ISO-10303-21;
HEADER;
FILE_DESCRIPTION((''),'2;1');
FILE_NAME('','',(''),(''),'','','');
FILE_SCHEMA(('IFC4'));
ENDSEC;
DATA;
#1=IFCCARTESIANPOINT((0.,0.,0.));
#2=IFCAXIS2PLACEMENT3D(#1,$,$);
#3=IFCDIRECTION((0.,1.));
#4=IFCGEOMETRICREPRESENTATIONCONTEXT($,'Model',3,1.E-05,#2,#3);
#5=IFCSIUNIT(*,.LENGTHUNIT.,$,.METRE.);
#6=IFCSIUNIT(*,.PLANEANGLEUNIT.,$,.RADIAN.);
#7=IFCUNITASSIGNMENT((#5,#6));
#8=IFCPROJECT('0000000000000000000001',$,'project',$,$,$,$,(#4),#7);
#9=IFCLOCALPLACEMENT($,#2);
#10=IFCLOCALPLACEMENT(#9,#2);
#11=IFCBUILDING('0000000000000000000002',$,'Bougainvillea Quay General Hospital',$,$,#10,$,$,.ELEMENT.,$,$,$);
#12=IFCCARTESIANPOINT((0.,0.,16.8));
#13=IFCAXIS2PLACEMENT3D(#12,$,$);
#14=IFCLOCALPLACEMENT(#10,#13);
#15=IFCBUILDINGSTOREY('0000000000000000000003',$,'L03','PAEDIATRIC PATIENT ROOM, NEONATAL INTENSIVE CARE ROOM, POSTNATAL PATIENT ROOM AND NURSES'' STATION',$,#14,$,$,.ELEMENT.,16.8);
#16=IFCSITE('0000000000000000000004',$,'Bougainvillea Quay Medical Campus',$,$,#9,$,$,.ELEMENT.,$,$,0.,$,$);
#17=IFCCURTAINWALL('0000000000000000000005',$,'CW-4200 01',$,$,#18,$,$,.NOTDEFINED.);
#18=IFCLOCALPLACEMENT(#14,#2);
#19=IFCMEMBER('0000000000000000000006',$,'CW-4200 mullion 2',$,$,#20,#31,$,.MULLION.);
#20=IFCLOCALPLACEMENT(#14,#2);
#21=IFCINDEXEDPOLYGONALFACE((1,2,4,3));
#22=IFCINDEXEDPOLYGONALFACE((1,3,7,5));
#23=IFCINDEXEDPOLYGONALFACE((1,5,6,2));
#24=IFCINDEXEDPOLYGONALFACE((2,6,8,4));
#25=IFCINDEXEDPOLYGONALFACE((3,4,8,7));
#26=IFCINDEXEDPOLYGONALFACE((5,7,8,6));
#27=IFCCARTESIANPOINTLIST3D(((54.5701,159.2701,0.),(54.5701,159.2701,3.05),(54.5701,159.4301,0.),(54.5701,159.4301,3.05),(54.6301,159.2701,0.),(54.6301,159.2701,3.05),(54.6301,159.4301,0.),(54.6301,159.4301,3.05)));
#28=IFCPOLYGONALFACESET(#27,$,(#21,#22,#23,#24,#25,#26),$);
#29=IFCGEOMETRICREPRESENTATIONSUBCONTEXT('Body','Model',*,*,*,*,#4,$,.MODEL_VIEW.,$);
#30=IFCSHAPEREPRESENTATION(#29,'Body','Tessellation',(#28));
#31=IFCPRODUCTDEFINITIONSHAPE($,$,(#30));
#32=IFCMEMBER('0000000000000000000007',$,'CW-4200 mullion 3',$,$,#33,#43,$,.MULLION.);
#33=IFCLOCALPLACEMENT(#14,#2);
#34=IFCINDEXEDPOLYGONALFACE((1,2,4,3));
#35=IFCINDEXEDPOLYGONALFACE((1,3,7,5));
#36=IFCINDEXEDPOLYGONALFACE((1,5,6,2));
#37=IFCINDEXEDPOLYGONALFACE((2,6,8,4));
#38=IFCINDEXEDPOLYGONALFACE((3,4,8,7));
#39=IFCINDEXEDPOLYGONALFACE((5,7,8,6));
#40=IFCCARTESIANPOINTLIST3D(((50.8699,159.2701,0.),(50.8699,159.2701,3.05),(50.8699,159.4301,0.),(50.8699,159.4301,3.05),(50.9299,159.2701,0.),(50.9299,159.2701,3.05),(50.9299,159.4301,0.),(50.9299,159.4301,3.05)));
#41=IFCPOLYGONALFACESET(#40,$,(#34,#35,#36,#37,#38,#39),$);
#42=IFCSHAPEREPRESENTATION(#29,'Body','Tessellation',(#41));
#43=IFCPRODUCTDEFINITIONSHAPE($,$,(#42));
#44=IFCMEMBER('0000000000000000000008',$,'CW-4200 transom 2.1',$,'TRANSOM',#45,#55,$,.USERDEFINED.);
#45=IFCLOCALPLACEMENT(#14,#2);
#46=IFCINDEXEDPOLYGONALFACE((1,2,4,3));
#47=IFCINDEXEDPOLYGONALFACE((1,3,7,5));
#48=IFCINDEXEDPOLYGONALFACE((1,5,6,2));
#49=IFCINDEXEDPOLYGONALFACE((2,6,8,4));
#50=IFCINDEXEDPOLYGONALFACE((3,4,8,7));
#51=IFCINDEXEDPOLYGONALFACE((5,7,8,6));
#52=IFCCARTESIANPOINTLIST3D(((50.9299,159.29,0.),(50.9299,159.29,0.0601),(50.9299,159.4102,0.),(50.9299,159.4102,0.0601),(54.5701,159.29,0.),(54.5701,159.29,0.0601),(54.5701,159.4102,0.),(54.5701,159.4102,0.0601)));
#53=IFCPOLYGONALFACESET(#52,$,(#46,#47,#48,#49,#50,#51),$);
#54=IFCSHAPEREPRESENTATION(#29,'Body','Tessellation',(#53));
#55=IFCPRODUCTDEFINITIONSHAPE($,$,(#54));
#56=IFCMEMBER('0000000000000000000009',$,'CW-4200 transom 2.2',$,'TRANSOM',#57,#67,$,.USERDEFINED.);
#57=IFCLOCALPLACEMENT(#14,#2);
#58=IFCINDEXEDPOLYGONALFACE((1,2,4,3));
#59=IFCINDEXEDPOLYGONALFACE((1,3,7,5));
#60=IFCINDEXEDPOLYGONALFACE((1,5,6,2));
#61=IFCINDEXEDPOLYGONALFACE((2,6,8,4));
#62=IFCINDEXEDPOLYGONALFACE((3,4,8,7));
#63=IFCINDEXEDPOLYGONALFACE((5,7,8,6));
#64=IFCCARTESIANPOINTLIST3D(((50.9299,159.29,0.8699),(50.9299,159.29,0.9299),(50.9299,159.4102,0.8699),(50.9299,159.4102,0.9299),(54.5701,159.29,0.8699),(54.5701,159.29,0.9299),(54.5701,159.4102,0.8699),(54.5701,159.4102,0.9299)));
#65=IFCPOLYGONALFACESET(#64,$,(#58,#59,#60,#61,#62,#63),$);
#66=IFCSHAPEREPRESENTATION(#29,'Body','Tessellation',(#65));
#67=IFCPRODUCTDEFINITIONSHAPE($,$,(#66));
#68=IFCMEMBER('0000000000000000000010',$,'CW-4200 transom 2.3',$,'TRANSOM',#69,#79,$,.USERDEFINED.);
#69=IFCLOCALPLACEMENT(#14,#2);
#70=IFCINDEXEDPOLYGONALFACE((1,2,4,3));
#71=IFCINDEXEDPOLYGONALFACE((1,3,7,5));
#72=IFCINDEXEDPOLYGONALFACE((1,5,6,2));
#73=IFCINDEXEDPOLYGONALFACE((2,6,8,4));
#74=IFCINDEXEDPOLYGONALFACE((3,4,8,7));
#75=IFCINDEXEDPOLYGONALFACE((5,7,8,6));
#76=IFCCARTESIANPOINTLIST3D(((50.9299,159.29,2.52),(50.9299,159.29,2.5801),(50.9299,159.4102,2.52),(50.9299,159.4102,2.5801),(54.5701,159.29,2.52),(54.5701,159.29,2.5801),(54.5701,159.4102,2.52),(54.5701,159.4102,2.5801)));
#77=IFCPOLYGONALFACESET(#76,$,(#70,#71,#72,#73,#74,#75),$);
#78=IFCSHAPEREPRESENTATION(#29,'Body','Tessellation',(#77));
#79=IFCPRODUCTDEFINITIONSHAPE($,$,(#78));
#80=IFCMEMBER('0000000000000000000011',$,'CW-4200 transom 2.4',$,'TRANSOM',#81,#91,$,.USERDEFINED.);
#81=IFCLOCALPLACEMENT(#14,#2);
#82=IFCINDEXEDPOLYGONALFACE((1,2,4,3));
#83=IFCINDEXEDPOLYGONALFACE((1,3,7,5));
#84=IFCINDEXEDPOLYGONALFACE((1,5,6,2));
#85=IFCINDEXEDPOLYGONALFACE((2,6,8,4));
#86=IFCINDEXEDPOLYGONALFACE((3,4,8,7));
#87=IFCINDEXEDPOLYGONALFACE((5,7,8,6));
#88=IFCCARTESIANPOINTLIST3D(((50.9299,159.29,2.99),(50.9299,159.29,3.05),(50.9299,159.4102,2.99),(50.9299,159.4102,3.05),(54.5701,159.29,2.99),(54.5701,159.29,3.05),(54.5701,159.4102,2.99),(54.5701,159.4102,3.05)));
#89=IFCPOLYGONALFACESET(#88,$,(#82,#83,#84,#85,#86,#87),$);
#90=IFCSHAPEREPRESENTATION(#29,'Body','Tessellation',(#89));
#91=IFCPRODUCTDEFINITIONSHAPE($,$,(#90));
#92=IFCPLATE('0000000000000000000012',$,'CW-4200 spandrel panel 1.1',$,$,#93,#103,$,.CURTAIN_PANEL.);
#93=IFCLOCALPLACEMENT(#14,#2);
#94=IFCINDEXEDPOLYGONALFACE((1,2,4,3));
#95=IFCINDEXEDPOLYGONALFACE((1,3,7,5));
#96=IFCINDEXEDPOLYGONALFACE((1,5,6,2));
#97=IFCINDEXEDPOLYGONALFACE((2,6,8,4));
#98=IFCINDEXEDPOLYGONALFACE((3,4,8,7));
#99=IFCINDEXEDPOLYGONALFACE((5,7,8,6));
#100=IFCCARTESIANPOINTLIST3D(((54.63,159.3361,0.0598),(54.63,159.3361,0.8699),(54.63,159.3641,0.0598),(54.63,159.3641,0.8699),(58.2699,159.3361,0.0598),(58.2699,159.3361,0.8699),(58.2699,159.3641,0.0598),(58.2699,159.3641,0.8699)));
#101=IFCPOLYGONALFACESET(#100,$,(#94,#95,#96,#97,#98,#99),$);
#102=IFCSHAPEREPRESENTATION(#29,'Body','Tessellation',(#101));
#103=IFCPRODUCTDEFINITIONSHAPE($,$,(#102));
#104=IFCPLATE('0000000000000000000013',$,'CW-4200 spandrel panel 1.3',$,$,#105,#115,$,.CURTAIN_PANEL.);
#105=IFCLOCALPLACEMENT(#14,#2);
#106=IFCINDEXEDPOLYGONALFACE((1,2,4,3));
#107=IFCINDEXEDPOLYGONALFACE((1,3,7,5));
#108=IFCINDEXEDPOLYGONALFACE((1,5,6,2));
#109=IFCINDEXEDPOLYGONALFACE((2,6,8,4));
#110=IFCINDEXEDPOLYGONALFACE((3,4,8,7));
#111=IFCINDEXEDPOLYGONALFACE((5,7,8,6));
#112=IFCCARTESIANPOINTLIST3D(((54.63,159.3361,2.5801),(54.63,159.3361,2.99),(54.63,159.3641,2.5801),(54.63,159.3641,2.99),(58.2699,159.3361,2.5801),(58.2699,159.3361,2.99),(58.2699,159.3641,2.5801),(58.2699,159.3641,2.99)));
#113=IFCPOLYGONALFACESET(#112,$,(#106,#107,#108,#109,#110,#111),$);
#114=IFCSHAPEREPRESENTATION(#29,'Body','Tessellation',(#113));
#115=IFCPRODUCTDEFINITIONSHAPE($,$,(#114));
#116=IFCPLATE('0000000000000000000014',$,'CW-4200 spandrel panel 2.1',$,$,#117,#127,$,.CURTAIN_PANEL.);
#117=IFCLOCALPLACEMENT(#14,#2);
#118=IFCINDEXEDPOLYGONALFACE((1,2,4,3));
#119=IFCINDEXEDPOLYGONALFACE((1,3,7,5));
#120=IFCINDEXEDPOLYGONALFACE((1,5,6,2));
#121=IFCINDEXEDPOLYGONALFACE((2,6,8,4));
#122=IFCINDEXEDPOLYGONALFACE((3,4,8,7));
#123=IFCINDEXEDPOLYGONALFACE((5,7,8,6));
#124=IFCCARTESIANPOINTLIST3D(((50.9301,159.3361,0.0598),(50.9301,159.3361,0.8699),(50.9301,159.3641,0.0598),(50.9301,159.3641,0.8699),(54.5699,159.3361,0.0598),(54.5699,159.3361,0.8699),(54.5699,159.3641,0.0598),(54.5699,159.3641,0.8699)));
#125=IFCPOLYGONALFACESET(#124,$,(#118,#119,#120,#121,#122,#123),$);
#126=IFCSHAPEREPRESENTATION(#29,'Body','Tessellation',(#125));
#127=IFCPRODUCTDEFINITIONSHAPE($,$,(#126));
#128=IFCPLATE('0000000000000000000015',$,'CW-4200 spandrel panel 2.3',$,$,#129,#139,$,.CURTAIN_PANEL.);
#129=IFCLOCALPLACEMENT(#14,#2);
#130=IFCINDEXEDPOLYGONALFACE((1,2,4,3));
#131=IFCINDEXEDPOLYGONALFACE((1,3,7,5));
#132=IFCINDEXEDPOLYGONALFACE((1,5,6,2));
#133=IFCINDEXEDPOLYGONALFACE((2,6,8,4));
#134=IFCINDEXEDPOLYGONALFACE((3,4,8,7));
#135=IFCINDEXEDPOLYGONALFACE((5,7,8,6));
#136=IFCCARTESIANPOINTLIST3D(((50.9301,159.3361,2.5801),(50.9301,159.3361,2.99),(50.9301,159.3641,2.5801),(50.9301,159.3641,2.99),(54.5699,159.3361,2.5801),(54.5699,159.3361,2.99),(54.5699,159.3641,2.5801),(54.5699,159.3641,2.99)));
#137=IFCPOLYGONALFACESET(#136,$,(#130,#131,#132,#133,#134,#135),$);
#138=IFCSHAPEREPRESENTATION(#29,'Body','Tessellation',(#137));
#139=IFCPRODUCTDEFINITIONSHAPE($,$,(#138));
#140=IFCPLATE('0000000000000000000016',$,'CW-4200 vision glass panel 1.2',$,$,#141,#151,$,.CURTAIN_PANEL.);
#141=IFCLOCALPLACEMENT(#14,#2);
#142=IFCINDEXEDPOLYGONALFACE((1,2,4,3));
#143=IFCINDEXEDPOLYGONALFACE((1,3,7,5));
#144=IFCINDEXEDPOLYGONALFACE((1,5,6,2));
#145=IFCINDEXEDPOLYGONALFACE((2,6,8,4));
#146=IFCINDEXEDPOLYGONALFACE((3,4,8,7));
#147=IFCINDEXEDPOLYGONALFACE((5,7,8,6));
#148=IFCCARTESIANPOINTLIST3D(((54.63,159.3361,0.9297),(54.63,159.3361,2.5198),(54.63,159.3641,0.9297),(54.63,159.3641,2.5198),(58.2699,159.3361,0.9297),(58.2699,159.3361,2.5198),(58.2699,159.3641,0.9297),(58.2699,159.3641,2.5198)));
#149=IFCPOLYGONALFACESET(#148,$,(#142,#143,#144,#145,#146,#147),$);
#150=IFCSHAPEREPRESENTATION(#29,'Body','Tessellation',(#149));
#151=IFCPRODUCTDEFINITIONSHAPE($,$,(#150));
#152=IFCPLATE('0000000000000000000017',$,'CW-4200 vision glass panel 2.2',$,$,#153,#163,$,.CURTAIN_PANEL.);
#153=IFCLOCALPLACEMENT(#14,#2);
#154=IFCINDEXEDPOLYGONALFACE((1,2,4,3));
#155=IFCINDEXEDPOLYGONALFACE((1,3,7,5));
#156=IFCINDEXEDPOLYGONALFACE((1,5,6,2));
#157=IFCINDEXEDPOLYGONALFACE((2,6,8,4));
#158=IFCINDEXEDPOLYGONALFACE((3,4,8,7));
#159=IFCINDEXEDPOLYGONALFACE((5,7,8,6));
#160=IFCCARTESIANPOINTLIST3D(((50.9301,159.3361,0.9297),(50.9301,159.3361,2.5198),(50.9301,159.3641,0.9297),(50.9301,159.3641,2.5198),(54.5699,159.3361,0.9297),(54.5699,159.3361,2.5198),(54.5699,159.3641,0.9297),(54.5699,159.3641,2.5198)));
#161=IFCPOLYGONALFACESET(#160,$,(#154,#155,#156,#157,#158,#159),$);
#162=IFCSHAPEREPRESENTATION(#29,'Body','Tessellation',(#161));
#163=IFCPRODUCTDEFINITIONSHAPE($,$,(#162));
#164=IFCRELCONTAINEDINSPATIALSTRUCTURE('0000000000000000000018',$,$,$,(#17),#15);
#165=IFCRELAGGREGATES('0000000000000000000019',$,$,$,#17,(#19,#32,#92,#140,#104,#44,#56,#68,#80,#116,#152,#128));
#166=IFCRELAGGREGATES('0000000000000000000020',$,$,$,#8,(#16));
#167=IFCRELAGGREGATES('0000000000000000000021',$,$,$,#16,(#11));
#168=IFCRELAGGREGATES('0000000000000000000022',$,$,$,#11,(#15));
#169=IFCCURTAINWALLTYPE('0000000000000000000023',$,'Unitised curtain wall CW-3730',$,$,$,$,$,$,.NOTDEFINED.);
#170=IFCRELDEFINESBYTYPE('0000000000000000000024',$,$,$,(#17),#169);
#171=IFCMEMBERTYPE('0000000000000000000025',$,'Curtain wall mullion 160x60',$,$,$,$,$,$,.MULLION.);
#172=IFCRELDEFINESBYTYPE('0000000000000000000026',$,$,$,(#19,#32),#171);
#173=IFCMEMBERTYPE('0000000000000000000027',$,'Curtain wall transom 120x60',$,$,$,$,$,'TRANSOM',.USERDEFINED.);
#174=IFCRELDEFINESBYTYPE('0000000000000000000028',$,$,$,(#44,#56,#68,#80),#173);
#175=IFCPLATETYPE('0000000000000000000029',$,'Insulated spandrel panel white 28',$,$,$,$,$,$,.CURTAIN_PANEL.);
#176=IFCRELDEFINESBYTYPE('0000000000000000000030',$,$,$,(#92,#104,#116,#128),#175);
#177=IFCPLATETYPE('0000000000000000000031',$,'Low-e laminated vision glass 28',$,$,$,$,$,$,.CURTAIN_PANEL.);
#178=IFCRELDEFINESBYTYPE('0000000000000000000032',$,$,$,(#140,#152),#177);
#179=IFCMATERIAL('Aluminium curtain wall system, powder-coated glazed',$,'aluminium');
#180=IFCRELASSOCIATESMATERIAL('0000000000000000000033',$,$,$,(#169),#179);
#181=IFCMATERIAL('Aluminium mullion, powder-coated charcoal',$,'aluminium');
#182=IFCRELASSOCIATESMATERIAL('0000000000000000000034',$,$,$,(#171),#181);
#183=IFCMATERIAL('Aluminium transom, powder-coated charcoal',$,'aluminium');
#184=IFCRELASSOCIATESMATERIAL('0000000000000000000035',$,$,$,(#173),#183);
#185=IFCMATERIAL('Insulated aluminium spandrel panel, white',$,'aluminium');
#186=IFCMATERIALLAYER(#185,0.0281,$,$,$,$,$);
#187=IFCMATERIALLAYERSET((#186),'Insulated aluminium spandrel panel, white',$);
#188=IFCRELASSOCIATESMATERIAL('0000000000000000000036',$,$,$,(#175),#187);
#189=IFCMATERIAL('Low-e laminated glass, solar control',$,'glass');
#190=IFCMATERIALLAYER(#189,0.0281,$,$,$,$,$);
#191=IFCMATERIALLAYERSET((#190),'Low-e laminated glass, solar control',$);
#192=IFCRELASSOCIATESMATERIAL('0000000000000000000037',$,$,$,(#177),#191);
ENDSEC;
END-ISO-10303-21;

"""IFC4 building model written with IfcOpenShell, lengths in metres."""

from ifc_helpers import new_model, si_unit, direction, frame, origin, origin_2d, place, context, subcontext, project, spatial, rectangle, extrude, material, layer, layer_set, material_profile, profile_set, type_object, element, aggregate, save


model = new_model("IFC4")

# Units and contexts
model_context = context("Model", 3, precision=1e-05, world=origin(), true_north=direction((0.0, 1.0)))
body_context = subcontext(model_context, "Body", "Model", "MODEL_VIEW")
ifc_project = project(units=[si_unit("LENGTHUNIT", "METRE"), si_unit("PLANEANGLEUNIT", "RADIAN")], contexts=[model_context])

# Site, building, storey
site_placement = place(None, origin())
site = spatial("IfcSite", under=ifc_project, at=site_placement, Name="Bougainvillea Quay Medical Campus", CompositionType="ELEMENT", RefElevation=0.0)
building_placement = place(site_placement, origin())
building = spatial("IfcBuilding", under=site, at=building_placement, Name="Bougainvillea Quay General Hospital", CompositionType="ELEMENT")
storey_placement = place(building_placement, frame((0.0, 0.0, 16.8)))
storey = spatial("IfcBuildingStorey", under=building, at=storey_placement, Name="L03", Description="PAEDIATRIC PATIENT ROOM, NEONATAL INTENSIVE CARE ROOM, POSTNATAL PATIENT ROOM AND NURSES' STATION", CompositionType="ELEMENT", Elevation=16.8)

# Curtain wall, members, plates
ifc_material_1 = material(Name="Aluminium curtain wall system, powder-coated glazed", Category="aluminium")
curtain_wall_type = type_object("IfcCurtainWallType", Name="Unitised curtain wall CW-3730", PredefinedType="NOTDEFINED", material=ifc_material_1)
curtain_wall_placement = place(storey_placement, origin())
curtain_wall = element("IfcCurtainWall", 1, at=curtain_wall_placement, inside=storey, type_object=curtain_wall_type, Name="CW-4200 01", PredefinedType="NOTDEFINED")
ifc_material_2 = material(Name="Aluminium mullion, powder-coated charcoal", Category="aluminium")
ifc_material_profile_1 = material_profile(ifc_material_2, rectangle(XDim=0.1599, YDim=0.0601, at=origin_2d()))
ifc_profile_set_1 = profile_set([ifc_material_profile_1], Name="Aluminium mullion, powder-coated charcoal")
member_type_1 = type_object("IfcMemberType", Name="Curtain wall mullion 160x60", PredefinedType="MULLION", material=ifc_profile_set_1)
member_1_placement = place(storey_placement, frame((54.6001, 159.3501, 0.0), z_axis=(0.0, 0.0, 1.0), x_axis=(0.0, -1.0, 0.0)))
member_1 = element("IfcMember", 2, at=member_1_placement, type_object=member_type_1, Name="CW-4200 mullion 2", PredefinedType="MULLION", context=body_context, shape_type="SweptSolid", body=[
    extrude(rectangle(XDim=0.1599, YDim=0.0601, at=origin_2d()), origin(), (0.0, 0.0, 1.0), 3.05),
])
member_2_placement = place(storey_placement, frame((50.8999, 159.3501, 0.0), z_axis=(0.0, 0.0, 1.0), x_axis=(0.0, -1.0, 0.0)))
member_2 = element("IfcMember", 3, at=member_2_placement, type_object=member_type_1, Name="CW-4200 mullion 3", PredefinedType="MULLION", context=body_context, shape_type="SweptSolid", body=[
    extrude(rectangle(XDim=0.1599, YDim=0.0601, at=origin_2d()), origin(), (0.0, 0.0, 1.0), 3.05),
])
ifc_material_3 = material(Name="Aluminium transom, powder-coated charcoal", Category="aluminium")
ifc_material_profile_2 = material_profile(ifc_material_3, rectangle(XDim=0.1201, YDim=0.0601, at=origin_2d()))
ifc_profile_set_2 = profile_set([ifc_material_profile_2], Name="Aluminium transom, powder-coated charcoal")
member_type_2 = type_object("IfcMemberType", Name="Curtain wall transom 120x60", ElementType="TRANSOM", PredefinedType="USERDEFINED", material=ifc_profile_set_2)
member_3_placement = place(storey_placement, frame((54.5701, 159.3501, 0.03), z_axis=(-1.0, 0.0, 0.0), x_axis=(0.0, -1.0, 0.0)))
member_3 = element("IfcMember", 4, at=member_3_placement, type_object=member_type_2, Name="CW-4200 transom 2.1", ObjectType="TRANSOM", PredefinedType="USERDEFINED", context=body_context, shape_type="SweptSolid", body=[
    extrude(rectangle(XDim=0.1201, YDim=0.0601, at=origin_2d()), origin(), (0.0, 0.0, 1.0), 3.6401),
])
member_4_placement = place(storey_placement, frame((54.5701, 159.3501, 0.8999), z_axis=(-1.0, 0.0, 0.0), x_axis=(0.0, -1.0, 0.0)))
member_4 = element("IfcMember", 5, at=member_4_placement, type_object=member_type_2, Name="CW-4200 transom 2.2", ObjectType="TRANSOM", PredefinedType="USERDEFINED", context=body_context, shape_type="SweptSolid", body=[
    extrude(rectangle(XDim=0.1201, YDim=0.0601, at=origin_2d()), origin(), (0.0, 0.0, 1.0), 3.6401),
])
member_5_placement = place(storey_placement, frame((54.5701, 159.3501, 2.55), z_axis=(-1.0, 0.0, 0.0), x_axis=(0.0, -1.0, 0.0)))
member_5 = element("IfcMember", 6, at=member_5_placement, type_object=member_type_2, Name="CW-4200 transom 2.3", ObjectType="TRANSOM", PredefinedType="USERDEFINED", context=body_context, shape_type="SweptSolid", body=[
    extrude(rectangle(XDim=0.1201, YDim=0.0601, at=origin_2d()), origin(), (0.0, 0.0, 1.0), 3.6401),
])
member_6_placement = place(storey_placement, frame((54.5701, 159.3501, 3.02), z_axis=(-1.0, 0.0, 0.0), x_axis=(0.0, -1.0, 0.0)))
member_6 = element("IfcMember", 7, at=member_6_placement, type_object=member_type_2, Name="CW-4200 transom 2.4", ObjectType="TRANSOM", PredefinedType="USERDEFINED", context=body_context, shape_type="SweptSolid", body=[
    extrude(rectangle(XDim=0.1201, YDim=0.0601, at=origin_2d()), origin(), (0.0, 0.0, 1.0), 3.6401),
])
ifc_material_4 = material(Name="Insulated aluminium spandrel panel, white", Category="aluminium")
ifc_layer_1 = layer(ifc_material_4, 0.0281)
ifc_layer_set_1 = layer_set([ifc_layer_1], Name="Insulated aluminium spandrel panel, white")
plate_type_1 = type_object("IfcPlateType", Name="Insulated spandrel panel white 28", PredefinedType="CURTAIN_PANEL", material=ifc_layer_set_1)
plate_1_placement = place(storey_placement, frame((56.45, 159.3501, 0.0598), z_axis=(0.0, 0.0, 1.0), x_axis=(-1.0, 0.0, 0.0)))
plate_1 = element("IfcPlate", 8, at=plate_1_placement, type_object=plate_type_1, Name="CW-4200 spandrel panel 1.1", PredefinedType="CURTAIN_PANEL", context=body_context, shape_type="SweptSolid", body=[
    extrude(rectangle(XDim=3.6399, YDim=0.0281, at=origin_2d()), origin(), (0.0, 0.0, 1.0), 0.8101),
])
plate_2_placement = place(storey_placement, frame((56.45, 159.3501, 2.5801), z_axis=(0.0, 0.0, 1.0), x_axis=(-1.0, 0.0, 0.0)))
plate_2 = element("IfcPlate", 9, at=plate_2_placement, type_object=plate_type_1, Name="CW-4200 spandrel panel 1.3", PredefinedType="CURTAIN_PANEL", context=body_context, shape_type="SweptSolid", body=[
    extrude(rectangle(XDim=3.6399, YDim=0.0281, at=origin_2d()), origin(), (0.0, 0.0, 1.0), 0.4099),
])
plate_3_placement = place(storey_placement, frame((52.75, 159.3501, 0.0598), z_axis=(0.0, 0.0, 1.0), x_axis=(-1.0, 0.0, 0.0)))
plate_3 = element("IfcPlate", 10, at=plate_3_placement, type_object=plate_type_1, Name="CW-4200 spandrel panel 2.1", PredefinedType="CURTAIN_PANEL", context=body_context, shape_type="SweptSolid", body=[
    extrude(rectangle(XDim=3.6399, YDim=0.0281, at=origin_2d()), origin(), (0.0, 0.0, 1.0), 0.8101),
])
plate_4_placement = place(storey_placement, frame((52.75, 159.3501, 2.5801), z_axis=(0.0, 0.0, 1.0), x_axis=(-1.0, 0.0, 0.0)))
plate_4 = element("IfcPlate", 11, at=plate_4_placement, type_object=plate_type_1, Name="CW-4200 spandrel panel 2.3", PredefinedType="CURTAIN_PANEL", context=body_context, shape_type="SweptSolid", body=[
    extrude(rectangle(XDim=3.6399, YDim=0.0281, at=origin_2d()), origin(), (0.0, 0.0, 1.0), 0.4099),
])
ifc_material_5 = material(Name="Low-e laminated glass, solar control", Category="glass")
ifc_layer_2 = layer(ifc_material_5, 0.0281)
ifc_layer_set_2 = layer_set([ifc_layer_2], Name="Low-e laminated glass, solar control")
plate_type_2 = type_object("IfcPlateType", Name="Low-e laminated vision glass 28", PredefinedType="CURTAIN_PANEL", material=ifc_layer_set_2)
plate_5_placement = place(storey_placement, frame((56.45, 159.3501, 0.9297), z_axis=(0.0, 0.0, 1.0), x_axis=(-1.0, 0.0, 0.0)))
plate_5 = element("IfcPlate", 12, at=plate_5_placement, type_object=plate_type_2, Name="CW-4200 vision glass panel 1.2", PredefinedType="CURTAIN_PANEL", context=body_context, shape_type="SweptSolid", body=[
    extrude(rectangle(XDim=3.6399, YDim=0.0281, at=origin_2d()), origin(), (0.0, 0.0, 1.0), 1.5901),
])
plate_6_placement = place(storey_placement, frame((52.75, 159.3501, 0.9297), z_axis=(0.0, 0.0, 1.0), x_axis=(-1.0, 0.0, 0.0)))
plate_6 = element("IfcPlate", 13, at=plate_6_placement, type_object=plate_type_2, Name="CW-4200 vision glass panel 2.2", PredefinedType="CURTAIN_PANEL", context=body_context, shape_type="SweptSolid", body=[
    extrude(rectangle(XDim=3.6399, YDim=0.0281, at=origin_2d()), origin(), (0.0, 0.0, 1.0), 1.5901),
])
aggregate(curtain_wall, [member_1, member_2, plate_1, plate_5, plate_2, member_3, member_4, member_5, member_6, plate_3, plate_6, plate_4])

save(model, "model.ifc")
